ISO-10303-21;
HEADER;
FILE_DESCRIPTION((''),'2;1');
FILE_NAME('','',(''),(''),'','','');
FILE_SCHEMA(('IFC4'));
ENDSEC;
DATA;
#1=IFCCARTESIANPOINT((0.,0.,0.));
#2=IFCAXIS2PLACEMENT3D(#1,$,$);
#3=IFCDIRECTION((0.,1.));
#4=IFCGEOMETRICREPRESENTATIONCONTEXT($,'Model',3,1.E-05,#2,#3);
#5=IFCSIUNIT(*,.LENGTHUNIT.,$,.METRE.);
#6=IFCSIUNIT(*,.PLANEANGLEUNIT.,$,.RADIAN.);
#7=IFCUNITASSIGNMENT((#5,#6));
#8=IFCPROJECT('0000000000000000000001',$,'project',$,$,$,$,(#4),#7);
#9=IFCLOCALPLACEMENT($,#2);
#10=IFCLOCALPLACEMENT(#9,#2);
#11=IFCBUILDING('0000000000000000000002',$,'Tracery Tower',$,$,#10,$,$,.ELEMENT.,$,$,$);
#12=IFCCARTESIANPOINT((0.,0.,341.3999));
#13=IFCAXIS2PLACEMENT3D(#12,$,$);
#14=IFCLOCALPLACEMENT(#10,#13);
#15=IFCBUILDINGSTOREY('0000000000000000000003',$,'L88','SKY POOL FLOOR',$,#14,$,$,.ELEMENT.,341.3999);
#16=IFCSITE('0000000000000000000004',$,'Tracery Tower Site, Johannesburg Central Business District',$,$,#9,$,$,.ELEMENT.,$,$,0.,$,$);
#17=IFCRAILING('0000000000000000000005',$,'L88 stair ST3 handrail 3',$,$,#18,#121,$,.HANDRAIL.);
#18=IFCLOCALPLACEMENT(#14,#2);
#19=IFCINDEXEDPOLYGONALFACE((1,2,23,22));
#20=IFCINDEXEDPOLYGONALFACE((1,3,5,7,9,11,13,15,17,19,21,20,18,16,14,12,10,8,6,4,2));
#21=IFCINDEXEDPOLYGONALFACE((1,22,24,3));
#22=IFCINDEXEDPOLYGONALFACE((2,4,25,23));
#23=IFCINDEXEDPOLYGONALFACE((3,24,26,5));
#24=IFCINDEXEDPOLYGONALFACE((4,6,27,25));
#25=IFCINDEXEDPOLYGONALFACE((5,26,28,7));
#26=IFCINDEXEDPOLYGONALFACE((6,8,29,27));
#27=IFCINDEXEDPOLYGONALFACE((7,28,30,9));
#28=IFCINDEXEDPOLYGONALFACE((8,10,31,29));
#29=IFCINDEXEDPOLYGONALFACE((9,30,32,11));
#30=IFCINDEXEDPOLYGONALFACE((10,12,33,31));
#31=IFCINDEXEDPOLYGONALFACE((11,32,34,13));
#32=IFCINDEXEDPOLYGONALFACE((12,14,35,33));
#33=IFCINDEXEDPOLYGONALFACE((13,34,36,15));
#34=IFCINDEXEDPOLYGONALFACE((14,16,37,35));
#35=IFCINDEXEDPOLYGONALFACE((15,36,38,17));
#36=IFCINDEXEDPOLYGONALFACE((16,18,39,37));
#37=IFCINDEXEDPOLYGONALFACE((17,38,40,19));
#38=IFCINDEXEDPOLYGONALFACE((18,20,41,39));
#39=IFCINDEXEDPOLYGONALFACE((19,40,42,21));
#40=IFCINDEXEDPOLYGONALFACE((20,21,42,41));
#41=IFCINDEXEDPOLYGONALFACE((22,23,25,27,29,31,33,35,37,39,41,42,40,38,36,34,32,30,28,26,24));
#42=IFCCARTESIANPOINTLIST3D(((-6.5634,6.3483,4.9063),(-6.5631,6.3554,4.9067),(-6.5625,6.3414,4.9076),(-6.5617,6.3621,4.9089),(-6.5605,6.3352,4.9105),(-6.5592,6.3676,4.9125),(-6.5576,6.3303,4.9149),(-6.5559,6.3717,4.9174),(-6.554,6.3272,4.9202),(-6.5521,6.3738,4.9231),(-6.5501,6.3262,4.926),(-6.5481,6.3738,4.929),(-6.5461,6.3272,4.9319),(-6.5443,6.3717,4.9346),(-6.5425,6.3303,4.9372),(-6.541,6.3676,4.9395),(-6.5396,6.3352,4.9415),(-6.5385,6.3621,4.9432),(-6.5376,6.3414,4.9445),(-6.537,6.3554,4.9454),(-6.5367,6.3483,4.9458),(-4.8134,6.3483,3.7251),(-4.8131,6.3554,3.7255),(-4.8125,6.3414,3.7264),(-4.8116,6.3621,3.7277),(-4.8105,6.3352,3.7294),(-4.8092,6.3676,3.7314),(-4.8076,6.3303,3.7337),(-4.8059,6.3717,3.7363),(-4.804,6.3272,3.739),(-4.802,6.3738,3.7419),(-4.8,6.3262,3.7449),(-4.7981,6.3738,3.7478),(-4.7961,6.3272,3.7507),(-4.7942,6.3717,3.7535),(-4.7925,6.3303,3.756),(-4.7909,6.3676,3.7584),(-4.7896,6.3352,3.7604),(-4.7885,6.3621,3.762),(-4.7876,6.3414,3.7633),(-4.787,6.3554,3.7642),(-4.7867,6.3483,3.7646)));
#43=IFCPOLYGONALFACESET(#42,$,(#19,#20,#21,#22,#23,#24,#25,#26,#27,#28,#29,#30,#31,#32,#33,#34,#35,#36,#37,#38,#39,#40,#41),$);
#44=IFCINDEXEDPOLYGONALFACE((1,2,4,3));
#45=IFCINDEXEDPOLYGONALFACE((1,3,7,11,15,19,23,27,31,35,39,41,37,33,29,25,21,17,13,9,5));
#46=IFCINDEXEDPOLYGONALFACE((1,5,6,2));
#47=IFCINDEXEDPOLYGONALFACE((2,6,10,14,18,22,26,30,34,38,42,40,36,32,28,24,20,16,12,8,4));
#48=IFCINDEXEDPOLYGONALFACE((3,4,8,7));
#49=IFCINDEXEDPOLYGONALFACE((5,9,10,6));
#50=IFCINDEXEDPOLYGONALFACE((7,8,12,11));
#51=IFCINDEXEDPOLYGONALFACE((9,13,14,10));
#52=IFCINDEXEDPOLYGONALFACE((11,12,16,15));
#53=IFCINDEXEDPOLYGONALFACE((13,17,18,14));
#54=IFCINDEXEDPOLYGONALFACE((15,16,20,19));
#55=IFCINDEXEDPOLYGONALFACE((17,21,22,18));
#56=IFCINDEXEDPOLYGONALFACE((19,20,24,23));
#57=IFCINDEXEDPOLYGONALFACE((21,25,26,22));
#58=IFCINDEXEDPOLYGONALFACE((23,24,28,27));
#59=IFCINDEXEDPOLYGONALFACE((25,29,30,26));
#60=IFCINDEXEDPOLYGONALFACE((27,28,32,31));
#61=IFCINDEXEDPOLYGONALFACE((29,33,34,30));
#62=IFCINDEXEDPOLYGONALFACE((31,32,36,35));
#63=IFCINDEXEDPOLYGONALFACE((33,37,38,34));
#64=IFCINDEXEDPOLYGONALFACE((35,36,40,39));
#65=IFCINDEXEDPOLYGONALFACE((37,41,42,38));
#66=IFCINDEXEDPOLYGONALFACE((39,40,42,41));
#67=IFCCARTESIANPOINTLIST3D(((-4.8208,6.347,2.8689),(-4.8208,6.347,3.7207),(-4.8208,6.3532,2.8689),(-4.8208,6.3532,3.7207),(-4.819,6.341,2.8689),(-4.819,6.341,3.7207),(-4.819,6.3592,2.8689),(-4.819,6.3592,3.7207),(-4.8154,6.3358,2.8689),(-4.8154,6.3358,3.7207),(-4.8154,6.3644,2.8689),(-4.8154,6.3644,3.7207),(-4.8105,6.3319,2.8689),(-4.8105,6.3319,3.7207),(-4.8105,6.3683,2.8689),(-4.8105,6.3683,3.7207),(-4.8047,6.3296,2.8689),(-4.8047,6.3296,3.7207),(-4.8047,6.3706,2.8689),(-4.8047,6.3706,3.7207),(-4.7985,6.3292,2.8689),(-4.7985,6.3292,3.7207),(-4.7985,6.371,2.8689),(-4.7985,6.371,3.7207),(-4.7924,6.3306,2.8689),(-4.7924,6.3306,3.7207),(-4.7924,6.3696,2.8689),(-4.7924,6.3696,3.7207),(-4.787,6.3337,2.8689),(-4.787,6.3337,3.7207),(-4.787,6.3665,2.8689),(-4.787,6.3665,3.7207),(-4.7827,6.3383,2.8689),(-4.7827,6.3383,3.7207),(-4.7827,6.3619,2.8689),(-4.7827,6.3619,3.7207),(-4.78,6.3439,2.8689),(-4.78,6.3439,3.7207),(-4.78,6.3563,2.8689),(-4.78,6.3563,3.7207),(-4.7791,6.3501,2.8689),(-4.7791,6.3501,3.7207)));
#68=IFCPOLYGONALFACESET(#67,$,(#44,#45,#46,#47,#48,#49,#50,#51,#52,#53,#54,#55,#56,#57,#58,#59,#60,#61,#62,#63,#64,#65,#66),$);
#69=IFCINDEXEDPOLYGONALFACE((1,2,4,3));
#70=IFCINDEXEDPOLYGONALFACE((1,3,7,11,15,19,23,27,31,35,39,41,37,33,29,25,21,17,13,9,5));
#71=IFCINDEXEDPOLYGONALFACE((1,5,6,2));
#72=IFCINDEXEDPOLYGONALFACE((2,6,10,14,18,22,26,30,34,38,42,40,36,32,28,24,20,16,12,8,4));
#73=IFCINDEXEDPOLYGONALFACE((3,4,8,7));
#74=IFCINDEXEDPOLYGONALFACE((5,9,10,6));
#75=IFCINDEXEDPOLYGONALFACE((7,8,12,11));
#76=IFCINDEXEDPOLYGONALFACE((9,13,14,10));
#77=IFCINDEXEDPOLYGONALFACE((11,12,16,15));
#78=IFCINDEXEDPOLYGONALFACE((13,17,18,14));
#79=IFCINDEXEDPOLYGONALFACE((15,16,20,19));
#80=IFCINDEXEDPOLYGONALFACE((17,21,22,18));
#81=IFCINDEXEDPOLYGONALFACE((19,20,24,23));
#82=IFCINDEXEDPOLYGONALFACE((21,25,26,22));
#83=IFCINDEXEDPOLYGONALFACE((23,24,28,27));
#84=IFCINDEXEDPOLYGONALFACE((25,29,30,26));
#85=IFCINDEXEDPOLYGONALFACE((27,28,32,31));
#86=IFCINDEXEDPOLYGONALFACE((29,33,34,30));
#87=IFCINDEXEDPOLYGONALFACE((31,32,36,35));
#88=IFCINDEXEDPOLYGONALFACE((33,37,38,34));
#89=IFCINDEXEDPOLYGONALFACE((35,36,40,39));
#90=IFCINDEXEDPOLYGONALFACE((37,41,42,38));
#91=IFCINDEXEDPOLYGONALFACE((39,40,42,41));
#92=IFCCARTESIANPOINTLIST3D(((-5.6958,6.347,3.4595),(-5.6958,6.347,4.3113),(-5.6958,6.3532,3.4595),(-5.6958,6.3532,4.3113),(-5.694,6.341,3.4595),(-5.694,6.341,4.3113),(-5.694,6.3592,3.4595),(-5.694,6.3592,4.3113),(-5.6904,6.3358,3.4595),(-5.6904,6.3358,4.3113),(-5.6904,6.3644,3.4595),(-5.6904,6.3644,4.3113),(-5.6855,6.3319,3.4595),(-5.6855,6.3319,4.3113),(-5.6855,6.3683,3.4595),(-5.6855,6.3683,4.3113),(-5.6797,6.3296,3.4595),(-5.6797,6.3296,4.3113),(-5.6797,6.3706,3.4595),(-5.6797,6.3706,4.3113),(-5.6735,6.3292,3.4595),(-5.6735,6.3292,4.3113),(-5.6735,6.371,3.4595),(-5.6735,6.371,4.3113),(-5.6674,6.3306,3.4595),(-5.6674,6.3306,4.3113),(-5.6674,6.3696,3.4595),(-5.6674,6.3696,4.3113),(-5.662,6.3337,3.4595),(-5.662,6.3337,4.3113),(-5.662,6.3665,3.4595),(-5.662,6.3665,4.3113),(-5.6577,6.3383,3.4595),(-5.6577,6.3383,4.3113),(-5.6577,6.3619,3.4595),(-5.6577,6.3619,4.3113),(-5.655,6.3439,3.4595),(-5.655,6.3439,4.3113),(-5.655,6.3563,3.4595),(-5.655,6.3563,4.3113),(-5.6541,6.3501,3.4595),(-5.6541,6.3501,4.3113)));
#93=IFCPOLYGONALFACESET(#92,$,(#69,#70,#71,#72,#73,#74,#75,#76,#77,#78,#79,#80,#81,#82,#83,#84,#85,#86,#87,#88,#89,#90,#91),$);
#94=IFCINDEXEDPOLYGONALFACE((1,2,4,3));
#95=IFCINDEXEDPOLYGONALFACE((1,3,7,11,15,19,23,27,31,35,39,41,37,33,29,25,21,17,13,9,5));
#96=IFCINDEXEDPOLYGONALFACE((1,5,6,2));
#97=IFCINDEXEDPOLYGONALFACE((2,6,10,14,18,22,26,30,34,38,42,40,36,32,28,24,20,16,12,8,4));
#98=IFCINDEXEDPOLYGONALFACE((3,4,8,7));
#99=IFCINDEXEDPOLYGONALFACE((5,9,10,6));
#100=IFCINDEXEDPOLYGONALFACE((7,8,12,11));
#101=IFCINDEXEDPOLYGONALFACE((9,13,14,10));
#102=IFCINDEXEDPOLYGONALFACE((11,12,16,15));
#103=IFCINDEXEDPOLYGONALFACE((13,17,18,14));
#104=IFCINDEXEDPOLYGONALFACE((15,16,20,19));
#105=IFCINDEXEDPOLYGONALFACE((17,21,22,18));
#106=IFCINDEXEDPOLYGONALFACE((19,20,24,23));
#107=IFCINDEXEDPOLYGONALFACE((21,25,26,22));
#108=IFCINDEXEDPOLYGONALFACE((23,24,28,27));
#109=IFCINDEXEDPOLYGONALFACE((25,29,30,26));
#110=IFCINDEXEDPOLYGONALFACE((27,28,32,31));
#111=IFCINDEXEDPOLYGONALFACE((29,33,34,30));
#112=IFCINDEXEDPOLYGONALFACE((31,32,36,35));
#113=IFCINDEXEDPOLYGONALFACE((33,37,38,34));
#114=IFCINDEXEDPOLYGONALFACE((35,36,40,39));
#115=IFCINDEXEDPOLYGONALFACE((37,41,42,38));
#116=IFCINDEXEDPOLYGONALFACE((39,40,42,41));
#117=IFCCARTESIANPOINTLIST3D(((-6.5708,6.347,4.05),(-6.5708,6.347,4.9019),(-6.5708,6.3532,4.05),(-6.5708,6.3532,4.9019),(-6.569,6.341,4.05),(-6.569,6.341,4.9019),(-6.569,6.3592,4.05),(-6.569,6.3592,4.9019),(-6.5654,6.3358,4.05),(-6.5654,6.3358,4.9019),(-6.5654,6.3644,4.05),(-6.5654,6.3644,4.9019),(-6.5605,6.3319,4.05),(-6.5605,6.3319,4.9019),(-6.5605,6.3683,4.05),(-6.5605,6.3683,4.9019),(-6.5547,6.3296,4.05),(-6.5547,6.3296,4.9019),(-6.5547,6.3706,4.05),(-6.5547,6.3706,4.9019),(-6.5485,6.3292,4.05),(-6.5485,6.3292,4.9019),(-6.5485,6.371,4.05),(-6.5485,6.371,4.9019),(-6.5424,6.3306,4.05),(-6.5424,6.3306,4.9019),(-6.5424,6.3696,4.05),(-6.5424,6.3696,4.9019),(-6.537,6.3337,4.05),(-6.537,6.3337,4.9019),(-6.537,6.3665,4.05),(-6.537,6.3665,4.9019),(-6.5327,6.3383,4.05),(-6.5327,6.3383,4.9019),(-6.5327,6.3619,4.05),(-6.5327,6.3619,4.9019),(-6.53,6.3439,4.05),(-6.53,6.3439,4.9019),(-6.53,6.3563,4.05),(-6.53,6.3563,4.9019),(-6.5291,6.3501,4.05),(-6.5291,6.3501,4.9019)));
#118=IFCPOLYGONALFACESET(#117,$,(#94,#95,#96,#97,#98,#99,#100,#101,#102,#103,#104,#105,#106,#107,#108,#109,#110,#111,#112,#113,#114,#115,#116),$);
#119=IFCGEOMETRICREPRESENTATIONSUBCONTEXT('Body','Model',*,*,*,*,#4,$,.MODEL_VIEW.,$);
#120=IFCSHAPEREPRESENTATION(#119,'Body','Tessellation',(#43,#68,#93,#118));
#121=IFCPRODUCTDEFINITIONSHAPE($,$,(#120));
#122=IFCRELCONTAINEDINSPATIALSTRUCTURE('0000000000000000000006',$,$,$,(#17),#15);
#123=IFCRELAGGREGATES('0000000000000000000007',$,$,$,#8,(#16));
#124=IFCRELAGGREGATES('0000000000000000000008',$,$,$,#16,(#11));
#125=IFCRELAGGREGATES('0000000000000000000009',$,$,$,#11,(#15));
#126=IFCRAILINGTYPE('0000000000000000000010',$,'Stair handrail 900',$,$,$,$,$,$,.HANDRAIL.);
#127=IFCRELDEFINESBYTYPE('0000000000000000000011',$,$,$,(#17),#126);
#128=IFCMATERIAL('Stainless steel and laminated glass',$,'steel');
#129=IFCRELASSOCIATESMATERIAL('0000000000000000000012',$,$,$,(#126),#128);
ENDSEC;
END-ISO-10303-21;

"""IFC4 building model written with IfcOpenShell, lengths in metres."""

from ifc_helpers import new_model, si_unit, direction, frame, origin, origin_2d, place, context, subcontext, project, spatial, circle, extrude, material, type_object, element, save


model = new_model("IFC4")

# Units and contexts
model_context = context("Model", 3, precision=1e-05, world=origin(), true_north=direction((0.0, 1.0)))
body_context = subcontext(model_context, "Body", "Model", "MODEL_VIEW")
ifc_project = project(units=[si_unit("LENGTHUNIT", "METRE"), si_unit("PLANEANGLEUNIT", "RADIAN")], contexts=[model_context])

# Site, building, storey
site_placement = place(None, origin())
site = spatial("IfcSite", under=ifc_project, at=site_placement, Name="Tracery Tower Site, Johannesburg Central Business District", CompositionType="ELEMENT", RefElevation=0.0)
building_placement = place(site_placement, origin())
building = spatial("IfcBuilding", under=site, at=building_placement, Name="Tracery Tower", CompositionType="ELEMENT")
storey_placement = place(building_placement, frame((0.0, 0.0, 341.3999)))
storey = spatial("IfcBuildingStorey", under=building, at=storey_placement, Name="L88", Description="SKY POOL FLOOR", CompositionType="ELEMENT", Elevation=341.3999)

# Railing
ifc_material_1 = material(Name="Stainless steel and laminated glass", Category="steel")
railing_type_1 = type_object("IfcRailingType", Name="Stair handrail 900", PredefinedType="HANDRAIL", material=ifc_material_1)
railing_1_placement = place(storey_placement, frame((-4.8, 6.3501, 2.8689)))
element("IfcRailing", 1, at=railing_1_placement, inside=storey, type_object=railing_type_1, Name="L88 stair ST3 handrail 3", PredefinedType="HANDRAIL", context=body_context, shape_type="SweptSolid", body=[
    extrude(circle(Radius=0.0239, at=origin_2d()), frame((0.0, 0.0, 0.876), z_axis=(-0.82887, 0.0, 0.559441), x_axis=(0.0, -1.0, 0.0)), (0.0, 0.0, 1.0), 2.1113),
    extrude(circle(Radius=0.021, at=origin_2d()), origin(), (0.0, 0.0, 1.0), 0.8518),
    extrude(circle(Radius=0.021, at=origin_2d()), frame((-0.875, 0.0, 0.5906)), (0.0, 0.0, 1.0), 0.8518),
    extrude(circle(Radius=0.021, at=origin_2d()), frame((-1.75, 0.0, 1.1812)), (0.0, 0.0, 1.0), 0.8518),
])

save(model, "model.ifc")
